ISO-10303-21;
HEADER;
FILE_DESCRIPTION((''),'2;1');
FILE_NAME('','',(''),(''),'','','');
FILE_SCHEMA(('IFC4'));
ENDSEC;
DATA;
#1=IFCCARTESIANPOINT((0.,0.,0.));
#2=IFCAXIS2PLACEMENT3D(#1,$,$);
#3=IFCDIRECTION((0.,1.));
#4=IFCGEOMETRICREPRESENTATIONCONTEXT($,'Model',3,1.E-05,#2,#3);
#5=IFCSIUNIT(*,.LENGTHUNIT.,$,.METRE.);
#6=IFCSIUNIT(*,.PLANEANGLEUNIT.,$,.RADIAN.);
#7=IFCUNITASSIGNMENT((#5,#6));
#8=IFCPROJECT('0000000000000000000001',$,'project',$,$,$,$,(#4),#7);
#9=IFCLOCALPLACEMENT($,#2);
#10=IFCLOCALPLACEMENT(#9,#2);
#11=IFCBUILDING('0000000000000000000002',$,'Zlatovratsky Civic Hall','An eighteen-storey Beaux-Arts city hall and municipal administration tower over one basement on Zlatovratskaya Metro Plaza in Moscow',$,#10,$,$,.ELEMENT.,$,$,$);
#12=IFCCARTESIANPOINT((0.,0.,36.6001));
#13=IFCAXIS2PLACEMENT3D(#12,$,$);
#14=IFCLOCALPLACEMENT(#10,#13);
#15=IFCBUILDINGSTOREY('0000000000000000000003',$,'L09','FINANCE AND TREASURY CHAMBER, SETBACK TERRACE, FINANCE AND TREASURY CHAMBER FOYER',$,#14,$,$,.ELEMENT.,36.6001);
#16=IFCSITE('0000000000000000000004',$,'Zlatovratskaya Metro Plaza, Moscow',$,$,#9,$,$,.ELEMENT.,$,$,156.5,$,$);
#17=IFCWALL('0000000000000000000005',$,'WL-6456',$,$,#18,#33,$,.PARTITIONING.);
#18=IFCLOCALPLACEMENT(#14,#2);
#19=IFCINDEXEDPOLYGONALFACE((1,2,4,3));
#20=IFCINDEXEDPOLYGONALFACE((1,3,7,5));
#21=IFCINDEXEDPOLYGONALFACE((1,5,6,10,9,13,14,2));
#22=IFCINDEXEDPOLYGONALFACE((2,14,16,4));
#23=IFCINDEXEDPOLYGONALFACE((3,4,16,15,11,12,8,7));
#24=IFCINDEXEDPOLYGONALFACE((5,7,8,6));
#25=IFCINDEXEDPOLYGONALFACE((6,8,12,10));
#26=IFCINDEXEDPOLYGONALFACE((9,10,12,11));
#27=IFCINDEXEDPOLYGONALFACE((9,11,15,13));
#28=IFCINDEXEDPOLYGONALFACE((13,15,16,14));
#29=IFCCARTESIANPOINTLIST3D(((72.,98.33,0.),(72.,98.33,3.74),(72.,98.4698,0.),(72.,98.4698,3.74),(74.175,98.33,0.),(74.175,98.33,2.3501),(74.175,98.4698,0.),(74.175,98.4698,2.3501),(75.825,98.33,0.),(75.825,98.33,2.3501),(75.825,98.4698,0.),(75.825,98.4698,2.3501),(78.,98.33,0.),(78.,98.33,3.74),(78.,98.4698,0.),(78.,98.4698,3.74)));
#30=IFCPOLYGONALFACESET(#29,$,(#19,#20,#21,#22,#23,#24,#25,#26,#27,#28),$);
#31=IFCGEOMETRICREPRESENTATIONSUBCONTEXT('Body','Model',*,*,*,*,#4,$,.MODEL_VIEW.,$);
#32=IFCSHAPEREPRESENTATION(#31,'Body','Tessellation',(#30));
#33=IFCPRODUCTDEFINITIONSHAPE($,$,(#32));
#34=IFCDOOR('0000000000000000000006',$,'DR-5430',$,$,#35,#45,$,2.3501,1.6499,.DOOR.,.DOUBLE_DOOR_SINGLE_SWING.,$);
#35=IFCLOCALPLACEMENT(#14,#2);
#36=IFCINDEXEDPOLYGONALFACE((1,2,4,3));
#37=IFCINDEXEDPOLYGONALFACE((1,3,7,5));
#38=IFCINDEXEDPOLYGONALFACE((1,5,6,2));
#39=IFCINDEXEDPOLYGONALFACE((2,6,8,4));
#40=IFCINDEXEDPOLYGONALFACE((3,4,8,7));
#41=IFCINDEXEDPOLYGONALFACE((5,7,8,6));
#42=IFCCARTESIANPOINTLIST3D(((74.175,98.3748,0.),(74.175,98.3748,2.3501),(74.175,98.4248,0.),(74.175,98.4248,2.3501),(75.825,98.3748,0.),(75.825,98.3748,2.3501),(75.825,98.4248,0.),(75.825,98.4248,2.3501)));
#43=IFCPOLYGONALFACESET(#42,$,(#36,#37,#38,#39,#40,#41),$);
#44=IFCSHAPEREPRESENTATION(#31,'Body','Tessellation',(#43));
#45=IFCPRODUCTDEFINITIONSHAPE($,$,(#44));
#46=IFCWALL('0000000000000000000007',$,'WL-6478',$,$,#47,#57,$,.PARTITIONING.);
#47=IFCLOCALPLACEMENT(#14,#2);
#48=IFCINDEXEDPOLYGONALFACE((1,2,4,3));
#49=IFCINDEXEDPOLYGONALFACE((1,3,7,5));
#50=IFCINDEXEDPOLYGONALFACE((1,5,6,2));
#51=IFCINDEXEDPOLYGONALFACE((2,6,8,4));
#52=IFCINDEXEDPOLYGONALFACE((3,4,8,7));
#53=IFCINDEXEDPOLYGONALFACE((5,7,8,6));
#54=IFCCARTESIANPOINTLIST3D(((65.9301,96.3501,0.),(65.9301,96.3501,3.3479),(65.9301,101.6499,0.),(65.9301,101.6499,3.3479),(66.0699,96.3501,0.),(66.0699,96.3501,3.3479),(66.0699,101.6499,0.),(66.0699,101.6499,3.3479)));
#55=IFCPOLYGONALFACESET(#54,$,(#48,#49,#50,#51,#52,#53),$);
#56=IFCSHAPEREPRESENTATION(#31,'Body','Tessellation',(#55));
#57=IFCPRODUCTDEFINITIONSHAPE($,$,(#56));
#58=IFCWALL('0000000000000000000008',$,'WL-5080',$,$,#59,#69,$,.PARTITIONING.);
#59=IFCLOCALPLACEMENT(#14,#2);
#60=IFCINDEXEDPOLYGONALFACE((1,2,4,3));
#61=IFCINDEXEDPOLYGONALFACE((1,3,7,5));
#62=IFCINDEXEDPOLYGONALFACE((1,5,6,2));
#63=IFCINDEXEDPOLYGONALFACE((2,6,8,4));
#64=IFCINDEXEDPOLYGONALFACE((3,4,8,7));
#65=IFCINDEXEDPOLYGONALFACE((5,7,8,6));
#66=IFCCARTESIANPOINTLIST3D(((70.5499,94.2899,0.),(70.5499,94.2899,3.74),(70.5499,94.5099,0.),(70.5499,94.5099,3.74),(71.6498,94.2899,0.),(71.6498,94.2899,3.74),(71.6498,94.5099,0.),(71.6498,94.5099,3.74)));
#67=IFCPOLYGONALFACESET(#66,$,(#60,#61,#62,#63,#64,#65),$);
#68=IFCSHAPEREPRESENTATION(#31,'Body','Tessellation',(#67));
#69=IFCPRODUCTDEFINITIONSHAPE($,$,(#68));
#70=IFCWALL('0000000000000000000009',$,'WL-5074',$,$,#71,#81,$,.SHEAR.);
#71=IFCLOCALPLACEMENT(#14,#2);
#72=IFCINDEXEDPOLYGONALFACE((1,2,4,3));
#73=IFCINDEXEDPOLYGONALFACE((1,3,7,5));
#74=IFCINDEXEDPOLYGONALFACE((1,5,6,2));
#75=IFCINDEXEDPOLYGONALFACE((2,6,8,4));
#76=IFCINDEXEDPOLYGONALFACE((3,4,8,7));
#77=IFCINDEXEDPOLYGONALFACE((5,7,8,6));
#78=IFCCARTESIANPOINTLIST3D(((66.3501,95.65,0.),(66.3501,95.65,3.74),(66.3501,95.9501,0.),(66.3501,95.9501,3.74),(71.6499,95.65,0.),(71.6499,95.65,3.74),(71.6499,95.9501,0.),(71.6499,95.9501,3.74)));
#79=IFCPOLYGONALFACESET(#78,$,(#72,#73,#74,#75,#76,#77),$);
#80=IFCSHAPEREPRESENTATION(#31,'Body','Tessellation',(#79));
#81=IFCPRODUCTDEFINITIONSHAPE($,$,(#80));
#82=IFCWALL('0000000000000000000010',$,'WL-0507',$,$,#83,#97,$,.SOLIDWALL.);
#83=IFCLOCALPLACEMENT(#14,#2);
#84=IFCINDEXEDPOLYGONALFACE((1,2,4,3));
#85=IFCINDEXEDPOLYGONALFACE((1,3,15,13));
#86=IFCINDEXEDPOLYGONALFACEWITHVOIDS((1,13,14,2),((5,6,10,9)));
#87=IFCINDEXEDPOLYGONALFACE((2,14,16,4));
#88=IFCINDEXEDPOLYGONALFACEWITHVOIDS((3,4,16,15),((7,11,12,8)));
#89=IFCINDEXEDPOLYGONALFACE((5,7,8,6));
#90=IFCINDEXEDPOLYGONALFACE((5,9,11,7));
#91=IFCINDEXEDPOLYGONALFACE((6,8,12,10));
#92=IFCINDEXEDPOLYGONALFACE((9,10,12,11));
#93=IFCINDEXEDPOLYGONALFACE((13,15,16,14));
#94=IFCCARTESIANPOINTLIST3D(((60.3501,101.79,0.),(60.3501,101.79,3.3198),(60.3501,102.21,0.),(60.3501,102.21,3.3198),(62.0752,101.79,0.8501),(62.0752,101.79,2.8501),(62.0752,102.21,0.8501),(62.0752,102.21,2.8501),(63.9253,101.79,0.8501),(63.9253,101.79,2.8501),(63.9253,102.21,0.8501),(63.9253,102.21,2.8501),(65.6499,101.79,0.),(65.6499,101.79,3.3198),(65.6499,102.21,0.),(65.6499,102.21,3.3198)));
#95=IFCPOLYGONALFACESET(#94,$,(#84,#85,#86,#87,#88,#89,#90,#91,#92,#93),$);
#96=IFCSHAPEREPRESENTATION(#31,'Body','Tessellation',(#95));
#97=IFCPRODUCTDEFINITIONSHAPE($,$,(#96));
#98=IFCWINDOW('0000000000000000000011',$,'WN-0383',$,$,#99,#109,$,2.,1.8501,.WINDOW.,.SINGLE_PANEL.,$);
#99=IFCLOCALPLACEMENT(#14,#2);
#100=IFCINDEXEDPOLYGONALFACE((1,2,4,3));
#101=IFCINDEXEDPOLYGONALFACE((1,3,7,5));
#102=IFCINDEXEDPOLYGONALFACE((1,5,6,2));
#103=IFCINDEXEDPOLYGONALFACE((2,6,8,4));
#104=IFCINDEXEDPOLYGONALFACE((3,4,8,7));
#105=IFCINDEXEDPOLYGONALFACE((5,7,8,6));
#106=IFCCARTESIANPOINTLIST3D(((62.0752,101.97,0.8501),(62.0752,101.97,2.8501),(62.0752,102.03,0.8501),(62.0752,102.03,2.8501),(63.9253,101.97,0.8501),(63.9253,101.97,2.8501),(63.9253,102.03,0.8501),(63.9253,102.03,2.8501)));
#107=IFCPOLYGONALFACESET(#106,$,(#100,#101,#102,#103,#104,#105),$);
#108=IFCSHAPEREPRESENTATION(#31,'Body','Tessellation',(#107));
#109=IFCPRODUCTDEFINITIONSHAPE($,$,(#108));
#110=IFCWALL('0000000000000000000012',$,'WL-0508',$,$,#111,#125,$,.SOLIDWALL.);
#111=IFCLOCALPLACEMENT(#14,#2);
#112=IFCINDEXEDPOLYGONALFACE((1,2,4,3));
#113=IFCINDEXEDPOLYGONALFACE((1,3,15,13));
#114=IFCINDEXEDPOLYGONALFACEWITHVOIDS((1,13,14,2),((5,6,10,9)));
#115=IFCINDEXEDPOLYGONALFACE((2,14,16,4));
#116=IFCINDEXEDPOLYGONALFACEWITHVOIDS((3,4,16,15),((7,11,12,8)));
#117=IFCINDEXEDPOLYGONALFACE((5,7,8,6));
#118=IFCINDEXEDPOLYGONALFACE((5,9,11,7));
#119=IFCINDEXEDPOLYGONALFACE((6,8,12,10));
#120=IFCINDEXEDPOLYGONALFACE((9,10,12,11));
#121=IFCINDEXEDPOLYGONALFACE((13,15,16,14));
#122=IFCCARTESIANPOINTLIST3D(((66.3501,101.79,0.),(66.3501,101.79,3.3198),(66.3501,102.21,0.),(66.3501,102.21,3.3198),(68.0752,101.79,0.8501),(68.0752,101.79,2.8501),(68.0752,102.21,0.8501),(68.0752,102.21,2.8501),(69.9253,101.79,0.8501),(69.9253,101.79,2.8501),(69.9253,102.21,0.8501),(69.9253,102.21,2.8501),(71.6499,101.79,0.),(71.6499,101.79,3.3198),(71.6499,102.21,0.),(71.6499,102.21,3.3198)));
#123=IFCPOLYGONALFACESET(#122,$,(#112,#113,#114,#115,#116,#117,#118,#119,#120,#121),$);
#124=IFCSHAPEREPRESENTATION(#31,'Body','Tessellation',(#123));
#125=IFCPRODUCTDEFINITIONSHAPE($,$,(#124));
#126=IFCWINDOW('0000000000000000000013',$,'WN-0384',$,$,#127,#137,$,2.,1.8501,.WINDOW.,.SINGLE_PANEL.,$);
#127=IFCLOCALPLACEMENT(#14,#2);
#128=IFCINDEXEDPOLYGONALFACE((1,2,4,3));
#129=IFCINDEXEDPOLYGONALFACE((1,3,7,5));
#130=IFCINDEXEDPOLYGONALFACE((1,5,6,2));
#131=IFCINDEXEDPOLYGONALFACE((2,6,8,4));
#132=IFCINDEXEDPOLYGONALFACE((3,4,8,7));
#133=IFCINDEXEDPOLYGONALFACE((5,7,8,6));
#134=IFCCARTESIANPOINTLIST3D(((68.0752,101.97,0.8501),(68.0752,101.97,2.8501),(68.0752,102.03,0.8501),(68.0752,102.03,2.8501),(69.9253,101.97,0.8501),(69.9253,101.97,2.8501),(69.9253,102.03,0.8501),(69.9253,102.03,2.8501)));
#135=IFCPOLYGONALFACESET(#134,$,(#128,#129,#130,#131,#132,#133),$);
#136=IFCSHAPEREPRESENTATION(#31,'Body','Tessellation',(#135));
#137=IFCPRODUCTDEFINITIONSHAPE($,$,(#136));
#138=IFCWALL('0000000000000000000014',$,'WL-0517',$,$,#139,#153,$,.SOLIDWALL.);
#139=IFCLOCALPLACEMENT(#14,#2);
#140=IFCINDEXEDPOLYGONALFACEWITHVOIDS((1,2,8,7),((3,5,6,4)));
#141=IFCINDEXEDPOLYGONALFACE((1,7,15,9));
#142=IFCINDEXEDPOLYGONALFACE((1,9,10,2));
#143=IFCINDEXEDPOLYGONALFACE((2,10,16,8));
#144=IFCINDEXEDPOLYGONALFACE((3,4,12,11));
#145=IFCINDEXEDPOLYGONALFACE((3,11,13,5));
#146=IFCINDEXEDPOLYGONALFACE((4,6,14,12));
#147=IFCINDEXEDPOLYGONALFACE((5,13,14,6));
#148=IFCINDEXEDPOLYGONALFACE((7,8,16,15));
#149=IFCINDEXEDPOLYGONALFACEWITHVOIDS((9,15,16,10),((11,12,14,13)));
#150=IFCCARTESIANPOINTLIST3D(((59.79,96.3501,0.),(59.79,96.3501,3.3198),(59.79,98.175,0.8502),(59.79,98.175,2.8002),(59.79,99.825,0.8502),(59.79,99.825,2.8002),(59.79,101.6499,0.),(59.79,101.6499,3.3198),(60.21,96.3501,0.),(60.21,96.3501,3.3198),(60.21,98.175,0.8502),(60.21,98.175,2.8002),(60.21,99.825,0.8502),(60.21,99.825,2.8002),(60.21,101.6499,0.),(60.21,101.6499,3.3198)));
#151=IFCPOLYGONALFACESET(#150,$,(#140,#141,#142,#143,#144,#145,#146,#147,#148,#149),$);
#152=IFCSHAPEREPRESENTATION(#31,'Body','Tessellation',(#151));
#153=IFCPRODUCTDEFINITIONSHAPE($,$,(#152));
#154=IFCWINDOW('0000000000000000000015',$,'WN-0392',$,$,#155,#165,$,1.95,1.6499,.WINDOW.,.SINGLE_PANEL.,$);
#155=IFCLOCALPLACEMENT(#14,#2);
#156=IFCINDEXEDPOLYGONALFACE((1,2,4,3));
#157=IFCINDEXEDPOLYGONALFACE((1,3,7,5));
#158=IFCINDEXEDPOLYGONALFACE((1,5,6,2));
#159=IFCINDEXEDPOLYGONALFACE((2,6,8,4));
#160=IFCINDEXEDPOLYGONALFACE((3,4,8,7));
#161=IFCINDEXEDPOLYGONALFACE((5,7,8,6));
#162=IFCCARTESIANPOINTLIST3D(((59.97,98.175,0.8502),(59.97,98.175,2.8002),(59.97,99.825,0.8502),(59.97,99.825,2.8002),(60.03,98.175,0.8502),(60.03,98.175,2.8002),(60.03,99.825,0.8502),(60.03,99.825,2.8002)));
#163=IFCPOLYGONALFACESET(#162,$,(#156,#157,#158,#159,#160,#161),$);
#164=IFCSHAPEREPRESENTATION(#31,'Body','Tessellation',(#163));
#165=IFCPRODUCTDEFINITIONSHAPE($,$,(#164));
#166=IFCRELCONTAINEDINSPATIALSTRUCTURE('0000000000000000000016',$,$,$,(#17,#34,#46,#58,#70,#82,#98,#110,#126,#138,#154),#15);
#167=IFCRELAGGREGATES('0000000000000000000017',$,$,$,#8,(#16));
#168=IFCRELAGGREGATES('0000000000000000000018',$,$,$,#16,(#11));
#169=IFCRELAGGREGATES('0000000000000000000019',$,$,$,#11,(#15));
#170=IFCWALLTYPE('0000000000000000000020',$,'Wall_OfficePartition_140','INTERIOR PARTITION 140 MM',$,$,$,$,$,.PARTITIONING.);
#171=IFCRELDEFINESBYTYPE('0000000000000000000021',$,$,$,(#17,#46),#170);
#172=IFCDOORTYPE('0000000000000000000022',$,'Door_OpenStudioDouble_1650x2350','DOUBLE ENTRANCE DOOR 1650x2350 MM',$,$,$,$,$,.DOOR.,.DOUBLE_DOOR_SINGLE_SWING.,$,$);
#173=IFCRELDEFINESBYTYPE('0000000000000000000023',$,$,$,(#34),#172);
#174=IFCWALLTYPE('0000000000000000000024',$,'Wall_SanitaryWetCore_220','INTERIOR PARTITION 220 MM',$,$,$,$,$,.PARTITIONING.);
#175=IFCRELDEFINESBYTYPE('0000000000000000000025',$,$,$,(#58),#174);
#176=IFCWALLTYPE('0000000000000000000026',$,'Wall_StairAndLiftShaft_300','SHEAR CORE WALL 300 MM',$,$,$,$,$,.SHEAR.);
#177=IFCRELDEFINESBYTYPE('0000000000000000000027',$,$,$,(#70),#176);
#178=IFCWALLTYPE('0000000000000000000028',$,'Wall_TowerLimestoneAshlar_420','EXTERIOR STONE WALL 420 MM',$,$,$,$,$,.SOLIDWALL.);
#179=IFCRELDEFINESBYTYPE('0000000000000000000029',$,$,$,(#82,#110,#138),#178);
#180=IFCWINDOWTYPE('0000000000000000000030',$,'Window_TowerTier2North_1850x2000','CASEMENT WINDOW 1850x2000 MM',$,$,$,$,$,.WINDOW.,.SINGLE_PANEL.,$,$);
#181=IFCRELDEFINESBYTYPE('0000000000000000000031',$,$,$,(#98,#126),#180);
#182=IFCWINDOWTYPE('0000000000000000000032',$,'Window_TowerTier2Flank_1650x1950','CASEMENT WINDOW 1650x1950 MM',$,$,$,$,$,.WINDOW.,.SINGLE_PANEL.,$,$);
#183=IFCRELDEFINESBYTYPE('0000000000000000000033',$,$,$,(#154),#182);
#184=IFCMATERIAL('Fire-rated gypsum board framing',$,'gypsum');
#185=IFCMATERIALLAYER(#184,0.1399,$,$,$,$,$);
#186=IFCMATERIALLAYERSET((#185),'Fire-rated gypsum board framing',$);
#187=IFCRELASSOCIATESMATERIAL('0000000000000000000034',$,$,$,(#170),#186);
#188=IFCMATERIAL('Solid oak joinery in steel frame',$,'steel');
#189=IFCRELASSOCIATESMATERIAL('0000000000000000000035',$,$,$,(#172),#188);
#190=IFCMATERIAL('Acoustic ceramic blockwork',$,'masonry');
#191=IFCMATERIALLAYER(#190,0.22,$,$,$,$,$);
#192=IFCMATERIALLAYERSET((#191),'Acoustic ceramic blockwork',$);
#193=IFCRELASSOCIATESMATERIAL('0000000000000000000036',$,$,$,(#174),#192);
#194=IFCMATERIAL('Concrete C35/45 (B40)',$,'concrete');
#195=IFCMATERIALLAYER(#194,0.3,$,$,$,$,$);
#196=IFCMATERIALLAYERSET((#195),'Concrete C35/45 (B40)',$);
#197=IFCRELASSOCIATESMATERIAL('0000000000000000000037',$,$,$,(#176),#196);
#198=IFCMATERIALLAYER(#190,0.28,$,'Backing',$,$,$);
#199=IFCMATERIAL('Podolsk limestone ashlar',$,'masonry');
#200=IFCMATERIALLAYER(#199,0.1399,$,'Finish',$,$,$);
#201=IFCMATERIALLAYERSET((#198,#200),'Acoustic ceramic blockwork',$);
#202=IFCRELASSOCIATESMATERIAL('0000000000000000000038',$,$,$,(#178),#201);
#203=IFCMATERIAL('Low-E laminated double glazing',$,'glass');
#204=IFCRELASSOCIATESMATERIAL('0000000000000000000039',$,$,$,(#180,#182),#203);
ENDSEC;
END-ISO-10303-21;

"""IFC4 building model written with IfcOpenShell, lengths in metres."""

from ifc_helpers import new_model, si_unit, direction, frame, frame_2d, origin, place, context, subcontext, project, spatial, rectangle, extrude, material, layer, layer_set, type_object, element, fill, save


model = new_model("IFC4")

# Units and contexts
model_context = context("Model", 3, precision=1e-05, world=origin(), true_north=direction((0.0, 1.0)))
body_context = subcontext(model_context, "Body", "Model", "MODEL_VIEW")
ifc_project = project(units=[si_unit("LENGTHUNIT", "METRE"), si_unit("PLANEANGLEUNIT", "RADIAN")], contexts=[model_context])

# Site, building, storey
site_placement = place(None, origin())
site = spatial("IfcSite", under=ifc_project, at=site_placement, Name="Zlatovratskaya Metro Plaza, Moscow", CompositionType="ELEMENT", RefElevation=156.5)
building_placement = place(site_placement, origin())
building = spatial("IfcBuilding", under=site, at=building_placement, Name="Zlatovratsky Civic Hall", Description="An eighteen-storey Beaux-Arts city hall and municipal administration tower over one basement on Zlatovratskaya Metro Plaza in Moscow", CompositionType="ELEMENT")
storey_placement = place(building_placement, frame((0.0, 0.0, 36.6001)))
storey = spatial("IfcBuildingStorey", under=building, at=storey_placement, Name="L09", Description="FINANCE AND TREASURY CHAMBER, SETBACK TERRACE, FINANCE AND TREASURY CHAMBER FOYER", CompositionType="ELEMENT", Elevation=36.6001)

# Shared definitions
ifc_material_1 = material(Name="Concrete C35/45 (B40)", Category="concrete")

# Shared definitions
ifc_material_2 = material(Name="Acoustic ceramic blockwork", Category="masonry")

# Wall, opening, door
ifc_material_3 = material(Name="Fire-rated gypsum board framing", Category="gypsum")
ifc_layer_1 = layer(ifc_material_3, 0.1399)
ifc_layer_set_1 = layer_set([ifc_layer_1], Name="Fire-rated gypsum board framing")
wall_type_1 = type_object("IfcWallType", Name="Wall_OfficePartition_140", Description="INTERIOR PARTITION 140 MM", PredefinedType="PARTITIONING", material=ifc_layer_set_1)
wall_1_placement = place(storey_placement, frame((72.0, 98.3999, 0.0), z_axis=(0.0, 0.0, 1.0), x_axis=(1.0, 0.0, 0.0)))
wall_1 = element("IfcWall", 1, at=wall_1_placement, inside=storey, type_object=wall_type_1, Name="WL-6456", PredefinedType="PARTITIONING", context=body_context, shape_type="SweptSolid", body=[
    extrude(rectangle(XDim=6.0, YDim=0.1399, at=frame_2d((3.0, 0.0))), origin(), (0.0, 0.0, 1.0), 3.74),
])
opening_1_placement = place(wall_1_placement, frame((2.175, 0.0, 0.0)))
opening_1 = element("IfcOpeningElement", 2, at=opening_1_placement, cuts=wall_1, PredefinedType="OPENING", context=body_context, shape_type="SweptSolid", body=[
    extrude(rectangle(XDim=1.6499, YDim=2.3501, at=frame_2d((0.825, 1.175))), frame((0.0, 0.085, 0.0), z_axis=(0.0, -1.0, 0.0), x_axis=(1.0, 0.0, 0.0)), (0.0, 0.0, 1.0), 0.1697),
])
ifc_material_4 = material(Name="Solid oak joinery in steel frame", Category="steel")
door_type = type_object("IfcDoorType", Name="Door_OpenStudioDouble_1650x2350", Description="DOUBLE ENTRANCE DOOR 1650x2350 MM", OperationType="DOUBLE_DOOR_SINGLE_SWING", PredefinedType="DOOR", material=ifc_material_4)
door_placement = place(opening_1_placement, origin())
door = element("IfcDoor", 3, at=door_placement, inside=storey, type_object=door_type, Name="DR-5430", OperationType="DOUBLE_DOOR_SINGLE_SWING", OverallHeight=2.3501, OverallWidth=1.6499, PredefinedType="DOOR", context=body_context, shape_type="SweptSolid", body=[
    extrude(rectangle(XDim=1.6499, YDim=2.3501, at=frame_2d((0.825, 1.175))), frame((0.0, 0.0249, 0.0), z_axis=(0.0, -1.0, 0.0), x_axis=(1.0, 0.0, 0.0)), (0.0, 0.0, 1.0), 0.05),
])
fill(opening_1, door)

# Walls
wall_2_placement = place(storey_placement, frame((66.0, 96.3501, 0.0), z_axis=(0.0, 0.0, 1.0), x_axis=(0.0, 1.0, 0.0)))
element("IfcWall", 4, at=wall_2_placement, inside=storey, type_object=wall_type_1, Name="WL-6478", PredefinedType="PARTITIONING", context=body_context, shape_type="SweptSolid", body=[
    extrude(rectangle(XDim=5.2998, YDim=0.1399, at=frame_2d((2.6499, 0.0))), origin(), (0.0, 0.0, 1.0), 3.3479),
])
ifc_layer_2 = layer(ifc_material_2, 0.22)
ifc_layer_set_2 = layer_set([ifc_layer_2], Name="Acoustic ceramic blockwork")
wall_type_2 = type_object("IfcWallType", Name="Wall_SanitaryWetCore_220", Description="INTERIOR PARTITION 220 MM", PredefinedType="PARTITIONING", material=ifc_layer_set_2)
wall_3_placement = place(storey_placement, frame((70.55, 94.3999, 0.0), z_axis=(0.0, 0.0, 1.0), x_axis=(1.0, 0.0, 0.0)))
element("IfcWall", 5, at=wall_3_placement, inside=storey, type_object=wall_type_2, Name="WL-5080", PredefinedType="PARTITIONING", context=body_context, shape_type="SweptSolid", body=[
    extrude(rectangle(XDim=1.0999, YDim=0.22, at=frame_2d((0.5498, 0.0))), origin(), (0.0, 0.0, 1.0), 3.74),
])
ifc_layer_3 = layer(ifc_material_1, 0.3)
ifc_layer_set_3 = layer_set([ifc_layer_3], Name="Concrete C35/45 (B40)")
wall_type_3 = type_object("IfcWallType", Name="Wall_StairAndLiftShaft_300", Description="SHEAR CORE WALL 300 MM", PredefinedType="SHEAR", material=ifc_layer_set_3)
wall_4_placement = place(storey_placement, frame((66.3501, 95.8, 0.0), z_axis=(0.0, 0.0, 1.0), x_axis=(1.0, 0.0, 0.0)))
element("IfcWall", 6, at=wall_4_placement, inside=storey, type_object=wall_type_3, Name="WL-5074", PredefinedType="SHEAR", context=body_context, shape_type="SweptSolid", body=[
    extrude(rectangle(XDim=5.2998, YDim=0.3, at=frame_2d((2.6499, 0.0))), origin(), (0.0, 0.0, 1.0), 3.74),
])

# Walls, openings, windows
ifc_layer_4 = layer(ifc_material_2, 0.28, Name="Backing")
ifc_material_5 = material(Name="Podolsk limestone ashlar", Category="masonry")
ifc_layer_5 = layer(ifc_material_5, 0.1399, Name="Finish")
ifc_layer_set_4 = layer_set([ifc_layer_4, ifc_layer_5], Name="Acoustic ceramic blockwork")
wall_type_4 = type_object("IfcWallType", Name="Wall_TowerLimestoneAshlar_420", Description="EXTERIOR STONE WALL 420 MM", PredefinedType="SOLIDWALL", material=ifc_layer_set_4)
wall_5_placement = place(storey_placement, frame((60.3501, 102.0, 0.0), z_axis=(0.0, 0.0, 1.0), x_axis=(1.0, 0.0, 0.0)))
wall_5 = element("IfcWall", 7, at=wall_5_placement, inside=storey, type_object=wall_type_4, Name="WL-0507", PredefinedType="SOLIDWALL", context=body_context, shape_type="SweptSolid", body=[
    extrude(rectangle(XDim=5.2998, YDim=0.4199, at=frame_2d((2.6499, 0.0))), origin(), (0.0, 0.0, 1.0), 3.3198),
])
opening_2_placement = place(wall_5_placement, frame((1.7251, 0.0, 0.8501)))
opening_2 = element("IfcOpeningElement", 8, at=opening_2_placement, cuts=wall_5, PredefinedType="OPENING", context=body_context, shape_type="SweptSolid", body=[
    extrude(rectangle(XDim=1.8501, YDim=2.0, at=frame_2d((0.925, 1.0))), frame((0.0, 0.2249, 0.0), z_axis=(0.0, -1.0, 0.0), x_axis=(1.0, 0.0, 0.0)), (0.0, 0.0, 1.0), 0.4497),
])
ifc_material_6 = material(Name="Low-E laminated double glazing", Category="glass")
window_type_1 = type_object("IfcWindowType", Name="Window_TowerTier2North_1850x2000", Description="CASEMENT WINDOW 1850x2000 MM", PartitioningType="SINGLE_PANEL", PredefinedType="WINDOW", material=ifc_material_6)
window_1_placement = place(opening_2_placement, origin())
window_1 = element("IfcWindow", 9, at=window_1_placement, inside=storey, type_object=window_type_1, Name="WN-0383", OverallHeight=2.0, OverallWidth=1.8501, PartitioningType="SINGLE_PANEL", PredefinedType="WINDOW", context=body_context, shape_type="SweptSolid", body=[
    extrude(rectangle(XDim=1.8501, YDim=2.0, at=frame_2d((0.925, 1.0))), frame((0.0, 0.03, 0.0), z_axis=(0.0, -1.0, 0.0), x_axis=(1.0, 0.0, 0.0)), (0.0, 0.0, 1.0), 0.0601),
])
fill(opening_2, window_1)
wall_6_placement = place(storey_placement, frame((66.3501, 102.0, 0.0), z_axis=(0.0, 0.0, 1.0), x_axis=(1.0, 0.0, 0.0)))
wall_6 = element("IfcWall", 10, at=wall_6_placement, inside=storey, type_object=wall_type_4, Name="WL-0508", PredefinedType="SOLIDWALL", context=body_context, shape_type="SweptSolid", body=[
    extrude(rectangle(XDim=5.2998, YDim=0.4199, at=frame_2d((2.6499, 0.0))), origin(), (0.0, 0.0, 1.0), 3.3198),
])
opening_3_placement = place(wall_6_placement, frame((1.7251, 0.0, 0.8501)))
opening_3 = element("IfcOpeningElement", 11, at=opening_3_placement, cuts=wall_6, PredefinedType="OPENING", context=body_context, shape_type="SweptSolid", body=[
    extrude(rectangle(XDim=1.8501, YDim=2.0, at=frame_2d((0.925, 1.0))), frame((0.0, 0.2249, 0.0), z_axis=(0.0, -1.0, 0.0), x_axis=(1.0, 0.0, 0.0)), (0.0, 0.0, 1.0), 0.4497),
])
window_2_placement = place(opening_3_placement, origin())
window_2 = element("IfcWindow", 12, at=window_2_placement, inside=storey, type_object=window_type_1, Name="WN-0384", OverallHeight=2.0, OverallWidth=1.8501, PartitioningType="SINGLE_PANEL", PredefinedType="WINDOW", context=body_context, shape_type="SweptSolid", body=[
    extrude(rectangle(XDim=1.8501, YDim=2.0, at=frame_2d((0.925, 1.0))), frame((0.0, 0.03, 0.0), z_axis=(0.0, -1.0, 0.0), x_axis=(1.0, 0.0, 0.0)), (0.0, 0.0, 1.0), 0.0601),
])
fill(opening_3, window_2)
wall_7_placement = place(storey_placement, frame((60.0, 96.3501, 0.0), z_axis=(0.0, 0.0, 1.0), x_axis=(0.0, 1.0, 0.0)))
wall_7 = element("IfcWall", 13, at=wall_7_placement, inside=storey, type_object=wall_type_4, Name="WL-0517", PredefinedType="SOLIDWALL", context=body_context, shape_type="SweptSolid", body=[
    extrude(rectangle(XDim=5.2998, YDim=0.4199, at=frame_2d((2.6499, 0.0))), origin(), (0.0, 0.0, 1.0), 3.3198),
])
opening_4_placement = place(wall_7_placement, frame((1.825, 0.0, 0.8501)))
opening_4 = element("IfcOpeningElement", 14, at=opening_4_placement, cuts=wall_7, PredefinedType="OPENING", context=body_context, shape_type="SweptSolid", body=[
    extrude(rectangle(XDim=1.6499, YDim=1.95, at=frame_2d((0.825, 0.9751))), frame((0.0, 0.2249, 0.0), z_axis=(0.0, -1.0, 0.0), x_axis=(1.0, 0.0, 0.0)), (0.0, 0.0, 1.0), 0.4497),
])
window_type_2 = type_object("IfcWindowType", Name="Window_TowerTier2Flank_1650x1950", Description="CASEMENT WINDOW 1650x1950 MM", PartitioningType="SINGLE_PANEL", PredefinedType="WINDOW", material=ifc_material_6)
window_3_placement = place(opening_4_placement, origin())
window_3 = element("IfcWindow", 15, at=window_3_placement, inside=storey, type_object=window_type_2, Name="WN-0392", OverallHeight=1.95, OverallWidth=1.6499, PartitioningType="SINGLE_PANEL", PredefinedType="WINDOW", context=body_context, shape_type="SweptSolid", body=[
    extrude(rectangle(XDim=1.6499, YDim=1.95, at=frame_2d((0.825, 0.9751))), frame((0.0, 0.03, 0.0), z_axis=(0.0, -1.0, 0.0), x_axis=(1.0, 0.0, 0.0)), (0.0, 0.0, 1.0), 0.0601),
])
fill(opening_4, window_3)

save(model, "model.ifc")
